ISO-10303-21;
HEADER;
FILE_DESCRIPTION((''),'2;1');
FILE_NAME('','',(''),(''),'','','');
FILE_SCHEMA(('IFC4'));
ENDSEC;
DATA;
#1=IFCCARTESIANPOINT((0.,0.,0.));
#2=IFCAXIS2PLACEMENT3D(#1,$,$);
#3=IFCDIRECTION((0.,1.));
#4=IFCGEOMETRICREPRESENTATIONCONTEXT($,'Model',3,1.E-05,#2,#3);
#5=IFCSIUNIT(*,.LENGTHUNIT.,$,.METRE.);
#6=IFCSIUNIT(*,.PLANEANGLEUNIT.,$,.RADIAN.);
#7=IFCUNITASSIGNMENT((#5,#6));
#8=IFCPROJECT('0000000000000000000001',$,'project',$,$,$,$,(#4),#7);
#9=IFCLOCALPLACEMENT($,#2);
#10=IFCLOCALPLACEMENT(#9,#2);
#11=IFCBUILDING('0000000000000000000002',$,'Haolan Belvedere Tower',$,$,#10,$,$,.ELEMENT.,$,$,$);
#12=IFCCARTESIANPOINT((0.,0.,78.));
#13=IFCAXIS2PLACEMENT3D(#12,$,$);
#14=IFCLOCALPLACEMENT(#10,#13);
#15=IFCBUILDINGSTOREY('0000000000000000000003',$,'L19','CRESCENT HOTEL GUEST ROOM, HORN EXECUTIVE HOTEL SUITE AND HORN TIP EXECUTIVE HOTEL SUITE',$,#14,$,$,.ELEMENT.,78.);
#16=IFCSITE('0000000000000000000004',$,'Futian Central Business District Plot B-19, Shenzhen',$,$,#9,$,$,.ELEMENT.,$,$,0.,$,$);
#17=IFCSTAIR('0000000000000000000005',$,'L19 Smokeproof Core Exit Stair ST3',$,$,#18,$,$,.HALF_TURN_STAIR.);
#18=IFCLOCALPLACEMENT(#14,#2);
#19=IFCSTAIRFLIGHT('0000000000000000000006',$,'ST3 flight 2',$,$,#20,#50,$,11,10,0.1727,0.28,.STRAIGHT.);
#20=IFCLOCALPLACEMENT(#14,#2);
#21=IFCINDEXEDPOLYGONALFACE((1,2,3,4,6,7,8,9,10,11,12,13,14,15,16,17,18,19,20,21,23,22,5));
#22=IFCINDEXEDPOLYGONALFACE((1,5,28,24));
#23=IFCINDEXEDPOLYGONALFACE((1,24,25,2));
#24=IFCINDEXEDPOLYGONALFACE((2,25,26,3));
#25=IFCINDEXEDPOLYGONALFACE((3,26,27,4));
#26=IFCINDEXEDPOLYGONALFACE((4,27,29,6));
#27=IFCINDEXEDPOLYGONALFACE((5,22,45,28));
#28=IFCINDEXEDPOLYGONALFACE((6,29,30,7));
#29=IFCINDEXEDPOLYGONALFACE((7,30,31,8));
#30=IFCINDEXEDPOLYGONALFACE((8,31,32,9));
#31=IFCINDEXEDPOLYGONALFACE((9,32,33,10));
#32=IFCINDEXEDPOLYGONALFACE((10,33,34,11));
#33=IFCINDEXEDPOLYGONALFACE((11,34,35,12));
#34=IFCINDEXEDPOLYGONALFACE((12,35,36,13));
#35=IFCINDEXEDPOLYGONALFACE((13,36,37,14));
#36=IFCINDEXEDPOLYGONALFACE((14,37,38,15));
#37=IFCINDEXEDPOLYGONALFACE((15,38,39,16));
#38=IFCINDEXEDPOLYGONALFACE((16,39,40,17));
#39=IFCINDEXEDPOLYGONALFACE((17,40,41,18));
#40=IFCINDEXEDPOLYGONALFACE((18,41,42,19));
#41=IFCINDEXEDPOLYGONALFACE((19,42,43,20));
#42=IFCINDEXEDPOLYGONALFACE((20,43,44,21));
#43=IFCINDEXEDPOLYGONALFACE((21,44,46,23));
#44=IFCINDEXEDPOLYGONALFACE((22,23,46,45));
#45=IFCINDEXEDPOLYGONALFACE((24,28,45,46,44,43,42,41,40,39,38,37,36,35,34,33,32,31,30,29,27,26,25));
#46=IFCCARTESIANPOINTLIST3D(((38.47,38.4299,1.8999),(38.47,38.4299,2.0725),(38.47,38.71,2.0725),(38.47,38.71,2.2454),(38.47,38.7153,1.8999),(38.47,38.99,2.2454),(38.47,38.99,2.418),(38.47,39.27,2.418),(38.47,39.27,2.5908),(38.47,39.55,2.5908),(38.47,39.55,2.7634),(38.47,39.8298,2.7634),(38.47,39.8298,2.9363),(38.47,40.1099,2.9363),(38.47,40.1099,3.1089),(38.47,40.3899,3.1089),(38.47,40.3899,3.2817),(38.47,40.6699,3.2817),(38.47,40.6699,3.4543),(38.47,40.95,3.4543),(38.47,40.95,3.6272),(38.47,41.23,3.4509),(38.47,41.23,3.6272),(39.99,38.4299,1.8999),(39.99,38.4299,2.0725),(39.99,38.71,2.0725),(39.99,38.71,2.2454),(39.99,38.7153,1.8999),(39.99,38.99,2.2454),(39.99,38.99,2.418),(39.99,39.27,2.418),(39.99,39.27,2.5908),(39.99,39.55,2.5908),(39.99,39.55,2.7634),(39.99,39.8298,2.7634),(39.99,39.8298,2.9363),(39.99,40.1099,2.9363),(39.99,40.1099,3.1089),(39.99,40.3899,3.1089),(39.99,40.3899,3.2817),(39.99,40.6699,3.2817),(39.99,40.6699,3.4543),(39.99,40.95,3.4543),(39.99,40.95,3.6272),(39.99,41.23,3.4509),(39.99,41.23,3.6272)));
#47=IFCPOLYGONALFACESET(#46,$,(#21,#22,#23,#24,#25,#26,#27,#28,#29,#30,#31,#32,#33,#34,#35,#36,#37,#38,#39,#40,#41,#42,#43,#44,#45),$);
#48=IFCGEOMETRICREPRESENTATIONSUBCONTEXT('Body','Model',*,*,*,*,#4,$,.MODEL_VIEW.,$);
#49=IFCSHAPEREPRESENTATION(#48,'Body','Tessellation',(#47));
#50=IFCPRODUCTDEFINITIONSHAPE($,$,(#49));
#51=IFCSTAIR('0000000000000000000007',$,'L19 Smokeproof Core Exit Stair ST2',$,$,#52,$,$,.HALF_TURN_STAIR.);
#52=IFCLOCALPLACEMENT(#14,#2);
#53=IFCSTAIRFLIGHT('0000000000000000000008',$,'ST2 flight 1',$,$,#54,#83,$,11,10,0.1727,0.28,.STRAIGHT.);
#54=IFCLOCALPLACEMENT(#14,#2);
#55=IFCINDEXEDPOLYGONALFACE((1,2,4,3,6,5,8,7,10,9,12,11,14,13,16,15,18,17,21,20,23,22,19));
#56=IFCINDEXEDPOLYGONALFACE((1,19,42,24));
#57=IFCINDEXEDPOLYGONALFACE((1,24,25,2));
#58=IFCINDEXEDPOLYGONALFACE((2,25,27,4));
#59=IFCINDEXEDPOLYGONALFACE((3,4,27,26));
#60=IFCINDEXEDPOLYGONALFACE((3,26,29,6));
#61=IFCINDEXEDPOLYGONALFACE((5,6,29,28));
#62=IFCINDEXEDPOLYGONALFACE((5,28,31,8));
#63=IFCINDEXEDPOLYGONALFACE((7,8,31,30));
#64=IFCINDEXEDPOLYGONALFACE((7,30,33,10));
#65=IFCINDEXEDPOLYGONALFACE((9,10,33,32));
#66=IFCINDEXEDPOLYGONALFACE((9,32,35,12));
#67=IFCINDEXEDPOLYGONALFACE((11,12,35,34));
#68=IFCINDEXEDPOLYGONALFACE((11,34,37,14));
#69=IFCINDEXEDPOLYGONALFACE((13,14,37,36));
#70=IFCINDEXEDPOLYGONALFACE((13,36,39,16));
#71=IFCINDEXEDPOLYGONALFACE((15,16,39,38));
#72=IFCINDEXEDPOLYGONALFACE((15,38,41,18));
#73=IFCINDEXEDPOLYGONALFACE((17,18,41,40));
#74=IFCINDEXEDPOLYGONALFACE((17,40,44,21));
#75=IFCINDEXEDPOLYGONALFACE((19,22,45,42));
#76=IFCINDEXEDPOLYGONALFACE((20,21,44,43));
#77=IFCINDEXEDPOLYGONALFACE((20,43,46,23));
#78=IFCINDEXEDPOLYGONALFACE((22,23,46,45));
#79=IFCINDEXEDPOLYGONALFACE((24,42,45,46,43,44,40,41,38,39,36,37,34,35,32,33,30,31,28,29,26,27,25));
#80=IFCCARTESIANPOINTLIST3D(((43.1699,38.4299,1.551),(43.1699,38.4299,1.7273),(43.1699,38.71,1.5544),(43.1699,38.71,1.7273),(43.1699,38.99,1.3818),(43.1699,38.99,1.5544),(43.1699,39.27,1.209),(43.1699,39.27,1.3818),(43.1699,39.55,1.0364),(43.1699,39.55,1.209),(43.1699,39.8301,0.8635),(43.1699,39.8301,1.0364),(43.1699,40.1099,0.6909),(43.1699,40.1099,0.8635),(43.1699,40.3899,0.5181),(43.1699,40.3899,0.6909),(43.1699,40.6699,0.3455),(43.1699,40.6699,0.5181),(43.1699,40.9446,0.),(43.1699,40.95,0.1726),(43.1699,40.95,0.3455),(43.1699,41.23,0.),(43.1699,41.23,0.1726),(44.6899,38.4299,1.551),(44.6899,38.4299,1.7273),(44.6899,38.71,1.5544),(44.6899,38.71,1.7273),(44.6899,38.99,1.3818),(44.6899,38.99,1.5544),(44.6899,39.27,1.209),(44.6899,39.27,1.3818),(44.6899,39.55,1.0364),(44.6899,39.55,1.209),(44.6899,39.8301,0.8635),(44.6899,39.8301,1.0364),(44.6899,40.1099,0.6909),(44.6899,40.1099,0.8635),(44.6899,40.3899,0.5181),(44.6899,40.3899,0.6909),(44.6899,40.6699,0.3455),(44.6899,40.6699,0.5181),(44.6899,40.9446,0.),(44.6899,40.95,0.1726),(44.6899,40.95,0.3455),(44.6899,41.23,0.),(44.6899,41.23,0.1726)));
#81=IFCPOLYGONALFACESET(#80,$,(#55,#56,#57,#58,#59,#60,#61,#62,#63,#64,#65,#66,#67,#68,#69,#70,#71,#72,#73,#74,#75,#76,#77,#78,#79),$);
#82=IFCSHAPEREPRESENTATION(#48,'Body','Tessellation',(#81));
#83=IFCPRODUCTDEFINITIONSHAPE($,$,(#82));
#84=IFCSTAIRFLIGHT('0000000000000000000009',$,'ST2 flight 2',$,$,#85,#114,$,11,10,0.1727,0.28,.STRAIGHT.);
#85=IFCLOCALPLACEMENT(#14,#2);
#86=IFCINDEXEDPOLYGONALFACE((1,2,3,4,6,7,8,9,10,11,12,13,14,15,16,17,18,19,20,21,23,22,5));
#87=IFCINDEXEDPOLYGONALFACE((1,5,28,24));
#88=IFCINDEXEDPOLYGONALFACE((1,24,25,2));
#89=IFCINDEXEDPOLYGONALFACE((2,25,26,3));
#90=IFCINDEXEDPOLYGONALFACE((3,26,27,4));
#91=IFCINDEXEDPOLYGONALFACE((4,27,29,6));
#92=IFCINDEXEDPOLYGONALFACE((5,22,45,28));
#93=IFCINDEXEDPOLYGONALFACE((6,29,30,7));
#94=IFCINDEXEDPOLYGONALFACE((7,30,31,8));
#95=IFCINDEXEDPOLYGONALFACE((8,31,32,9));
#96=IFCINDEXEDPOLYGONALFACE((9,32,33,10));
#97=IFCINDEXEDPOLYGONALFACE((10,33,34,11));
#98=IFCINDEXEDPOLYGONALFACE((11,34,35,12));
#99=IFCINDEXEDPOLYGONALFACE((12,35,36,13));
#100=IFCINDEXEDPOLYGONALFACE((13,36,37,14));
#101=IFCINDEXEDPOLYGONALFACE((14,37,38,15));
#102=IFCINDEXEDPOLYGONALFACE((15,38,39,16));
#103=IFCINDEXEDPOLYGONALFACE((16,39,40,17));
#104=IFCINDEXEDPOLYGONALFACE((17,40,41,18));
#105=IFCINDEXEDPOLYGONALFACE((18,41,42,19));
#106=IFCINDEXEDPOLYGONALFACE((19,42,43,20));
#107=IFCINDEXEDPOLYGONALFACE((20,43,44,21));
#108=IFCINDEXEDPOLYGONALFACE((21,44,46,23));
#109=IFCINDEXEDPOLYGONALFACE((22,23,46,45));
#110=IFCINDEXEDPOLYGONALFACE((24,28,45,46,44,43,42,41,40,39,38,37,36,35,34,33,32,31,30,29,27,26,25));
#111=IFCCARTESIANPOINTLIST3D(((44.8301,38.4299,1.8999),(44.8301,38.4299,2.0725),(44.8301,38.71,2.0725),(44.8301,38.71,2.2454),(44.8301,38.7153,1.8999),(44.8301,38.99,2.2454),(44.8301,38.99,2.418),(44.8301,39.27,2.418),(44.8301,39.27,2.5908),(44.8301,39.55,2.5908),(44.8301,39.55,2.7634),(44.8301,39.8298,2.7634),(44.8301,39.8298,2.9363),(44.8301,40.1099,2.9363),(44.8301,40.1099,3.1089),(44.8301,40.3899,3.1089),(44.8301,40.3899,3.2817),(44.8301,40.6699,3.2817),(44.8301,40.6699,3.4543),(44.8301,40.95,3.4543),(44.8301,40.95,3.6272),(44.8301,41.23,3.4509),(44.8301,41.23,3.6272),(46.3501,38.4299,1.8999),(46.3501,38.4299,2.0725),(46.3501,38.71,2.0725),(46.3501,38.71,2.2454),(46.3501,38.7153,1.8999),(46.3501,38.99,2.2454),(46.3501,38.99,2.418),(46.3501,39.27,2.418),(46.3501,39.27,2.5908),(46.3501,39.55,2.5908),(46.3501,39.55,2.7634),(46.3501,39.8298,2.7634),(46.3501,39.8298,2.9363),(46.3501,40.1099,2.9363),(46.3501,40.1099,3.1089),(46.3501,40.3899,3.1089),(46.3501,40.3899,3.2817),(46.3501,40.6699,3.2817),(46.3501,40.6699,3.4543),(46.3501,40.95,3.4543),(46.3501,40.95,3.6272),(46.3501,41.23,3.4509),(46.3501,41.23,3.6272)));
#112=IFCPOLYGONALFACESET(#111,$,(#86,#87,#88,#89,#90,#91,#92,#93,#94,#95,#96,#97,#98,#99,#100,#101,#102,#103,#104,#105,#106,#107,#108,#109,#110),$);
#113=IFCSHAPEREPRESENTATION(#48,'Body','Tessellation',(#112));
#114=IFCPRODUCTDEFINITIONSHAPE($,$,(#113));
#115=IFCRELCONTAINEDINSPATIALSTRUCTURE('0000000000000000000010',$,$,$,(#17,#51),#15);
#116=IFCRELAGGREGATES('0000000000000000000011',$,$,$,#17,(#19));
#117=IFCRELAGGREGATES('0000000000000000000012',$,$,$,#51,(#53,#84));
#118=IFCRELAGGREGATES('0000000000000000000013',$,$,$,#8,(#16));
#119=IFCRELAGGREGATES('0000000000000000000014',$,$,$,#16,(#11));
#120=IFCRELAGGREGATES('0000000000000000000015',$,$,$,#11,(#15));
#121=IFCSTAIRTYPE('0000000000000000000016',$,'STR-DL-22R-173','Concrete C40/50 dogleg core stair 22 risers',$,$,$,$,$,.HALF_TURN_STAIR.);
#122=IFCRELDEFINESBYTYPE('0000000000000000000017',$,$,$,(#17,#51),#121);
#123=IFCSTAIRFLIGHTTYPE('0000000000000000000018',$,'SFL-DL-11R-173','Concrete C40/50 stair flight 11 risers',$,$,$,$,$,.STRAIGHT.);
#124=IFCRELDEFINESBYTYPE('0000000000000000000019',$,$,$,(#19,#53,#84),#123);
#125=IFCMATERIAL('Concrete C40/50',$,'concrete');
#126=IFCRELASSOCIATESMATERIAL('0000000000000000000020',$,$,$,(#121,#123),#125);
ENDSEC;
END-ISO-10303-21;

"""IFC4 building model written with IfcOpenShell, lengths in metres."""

from ifc_helpers import new_model, si_unit, direction, frame, origin, place, context, subcontext, project, spatial, polyline, outline, extrude, material, type_object, element, aggregate, save


model = new_model("IFC4")

# Units and contexts
model_context = context("Model", 3, precision=1e-05, world=origin(), true_north=direction((0.0, 1.0)))
body_context = subcontext(model_context, "Body", "Model", "MODEL_VIEW")
ifc_project = project(units=[si_unit("LENGTHUNIT", "METRE"), si_unit("PLANEANGLEUNIT", "RADIAN")], contexts=[model_context])

# Site, building, storey
site_placement = place(None, origin())
site = spatial("IfcSite", under=ifc_project, at=site_placement, Name="Futian Central Business District Plot B-19, Shenzhen", CompositionType="ELEMENT", RefElevation=0.0)
building_placement = place(site_placement, origin())
building = spatial("IfcBuilding", under=site, at=building_placement, Name="Haolan Belvedere Tower", CompositionType="ELEMENT")
storey_placement = place(building_placement, frame((0.0, 0.0, 78.0)))
storey = spatial("IfcBuildingStorey", under=building, at=storey_placement, Name="L19", Description="CRESCENT HOTEL GUEST ROOM, HORN EXECUTIVE HOTEL SUITE AND HORN TIP EXECUTIVE HOTEL SUITE", CompositionType="ELEMENT", Elevation=78.0)

# Stair, stair flight
ifc_material_1 = material(Name="Concrete C40/50", Category="concrete")
stair_type = type_object("IfcStairType", Name="STR-DL-22R-173", Description="Concrete C40/50 dogleg core stair 22 risers", PredefinedType="HALF_TURN_STAIR", material=ifc_material_1)
stair_1_placement = place(storey_placement, origin())
stair_1 = element("IfcStair", 1, at=stair_1_placement, inside=storey, type_object=stair_type, Name="L19 Smokeproof Core Exit Stair ST3", PredefinedType="HALF_TURN_STAIR")
stair_flight_type = type_object("IfcStairFlightType", Name="SFL-DL-11R-173", Description="Concrete C40/50 stair flight 11 risers", PredefinedType="STRAIGHT", material=ifc_material_1)
stair_flight_1_placement = place(storey_placement, frame((39.23, 38.4299, 1.8999), z_axis=(0.0, 0.0, 1.0), x_axis=(0.0, 1.0, 0.0)))
stair_flight_1 = element("IfcStairFlight", 2, at=stair_flight_1_placement, type_object=stair_flight_type, Name="ST3 flight 2", NumberOfRisers=11, NumberOfTreads=10, PredefinedType="STRAIGHT", RiserHeight=0.1727, TreadLength=0.28, context=body_context, shape_type="SweptSolid", body=[
    extrude(outline(polyline([(0.0, 0.0), (0.0, 0.1726), (0.28, 0.1726), (0.28, 0.3455), (0.5601, 0.3455), (0.5601, 0.5181), (0.8401, 0.5181), (0.8401, 0.6909), (1.1201, 0.6909), (1.1201, 0.8635), (1.3999, 0.8635), (1.3999, 1.0364), (1.6799, 1.0364), (1.6799, 1.209), (1.96, 1.209), (1.96, 1.3818), (2.24, 1.3818), (2.24, 1.5544), (2.52, 1.5544), (2.52, 1.7273), (2.8, 1.7273), (2.8, 1.8999), (2.8, 1.551), (0.2854, 0.0), (0.0, 0.0)])), frame((0.0, 0.76, 0.0), z_axis=(0.0, -1.0, 0.0), x_axis=(1.0, 0.0, 0.0)), (0.0, 0.0, 1.0), 1.52),
])
aggregate(stair_1, [stair_flight_1])

# Stair, stair flights
stair_2_placement = place(storey_placement, origin())
stair_2 = element("IfcStair", 3, at=stair_2_placement, inside=storey, type_object=stair_type, Name="L19 Smokeproof Core Exit Stair ST2", PredefinedType="HALF_TURN_STAIR")
stair_flight_2_placement = place(storey_placement, frame((43.9299, 41.23, 0.0), z_axis=(0.0, 0.0, 1.0), x_axis=(0.0, -1.0, 0.0)))
stair_flight_2 = element("IfcStairFlight", 4, at=stair_flight_2_placement, type_object=stair_flight_type, Name="ST2 flight 1", NumberOfRisers=11, NumberOfTreads=10, PredefinedType="STRAIGHT", RiserHeight=0.1727, TreadLength=0.28, context=body_context, shape_type="SweptSolid", body=[
    extrude(outline(polyline([(0.0, 0.0), (0.0, 0.1726), (0.28, 0.1726), (0.28, 0.3455), (0.5601, 0.3455), (0.5601, 0.5181), (0.8401, 0.5181), (0.8401, 0.6909), (1.1201, 0.6909), (1.1201, 0.8635), (1.3999, 0.8635), (1.3999, 1.0364), (1.6799, 1.0364), (1.6799, 1.209), (1.96, 1.209), (1.96, 1.3818), (2.24, 1.3818), (2.24, 1.5544), (2.52, 1.5544), (2.52, 1.7273), (2.8, 1.7273), (2.8, 1.8999), (2.8, 1.551), (0.2854, 0.0), (0.0, 0.0)])), frame((0.0, 0.76, 0.0), z_axis=(0.0, -1.0, 0.0), x_axis=(1.0, 0.0, 0.0)), (0.0, 0.0, 1.0), 1.52),
])
stair_flight_3_placement = place(storey_placement, frame((45.5901, 38.4299, 1.8999), z_axis=(0.0, 0.0, 1.0), x_axis=(0.0, 1.0, 0.0)))
stair_flight_3 = element("IfcStairFlight", 5, at=stair_flight_3_placement, type_object=stair_flight_type, Name="ST2 flight 2", NumberOfRisers=11, NumberOfTreads=10, PredefinedType="STRAIGHT", RiserHeight=0.1727, TreadLength=0.28, context=body_context, shape_type="SweptSolid", body=[
    extrude(outline(polyline([(0.0, 0.0), (0.0, 0.1726), (0.28, 0.1726), (0.28, 0.3455), (0.5601, 0.3455), (0.5601, 0.5181), (0.8401, 0.5181), (0.8401, 0.6909), (1.1201, 0.6909), (1.1201, 0.8635), (1.3999, 0.8635), (1.3999, 1.0364), (1.6799, 1.0364), (1.6799, 1.209), (1.96, 1.209), (1.96, 1.3818), (2.24, 1.3818), (2.24, 1.5544), (2.52, 1.5544), (2.52, 1.7273), (2.8, 1.7273), (2.8, 1.8999), (2.8, 1.551), (0.2854, 0.0), (0.0, 0.0)])), frame((0.0, 0.76, 0.0), z_axis=(0.0, -1.0, 0.0), x_axis=(1.0, 0.0, 0.0)), (0.0, 0.0, 1.0), 1.52),
])
aggregate(stair_2, [stair_flight_2, stair_flight_3])

save(model, "model.ifc")
